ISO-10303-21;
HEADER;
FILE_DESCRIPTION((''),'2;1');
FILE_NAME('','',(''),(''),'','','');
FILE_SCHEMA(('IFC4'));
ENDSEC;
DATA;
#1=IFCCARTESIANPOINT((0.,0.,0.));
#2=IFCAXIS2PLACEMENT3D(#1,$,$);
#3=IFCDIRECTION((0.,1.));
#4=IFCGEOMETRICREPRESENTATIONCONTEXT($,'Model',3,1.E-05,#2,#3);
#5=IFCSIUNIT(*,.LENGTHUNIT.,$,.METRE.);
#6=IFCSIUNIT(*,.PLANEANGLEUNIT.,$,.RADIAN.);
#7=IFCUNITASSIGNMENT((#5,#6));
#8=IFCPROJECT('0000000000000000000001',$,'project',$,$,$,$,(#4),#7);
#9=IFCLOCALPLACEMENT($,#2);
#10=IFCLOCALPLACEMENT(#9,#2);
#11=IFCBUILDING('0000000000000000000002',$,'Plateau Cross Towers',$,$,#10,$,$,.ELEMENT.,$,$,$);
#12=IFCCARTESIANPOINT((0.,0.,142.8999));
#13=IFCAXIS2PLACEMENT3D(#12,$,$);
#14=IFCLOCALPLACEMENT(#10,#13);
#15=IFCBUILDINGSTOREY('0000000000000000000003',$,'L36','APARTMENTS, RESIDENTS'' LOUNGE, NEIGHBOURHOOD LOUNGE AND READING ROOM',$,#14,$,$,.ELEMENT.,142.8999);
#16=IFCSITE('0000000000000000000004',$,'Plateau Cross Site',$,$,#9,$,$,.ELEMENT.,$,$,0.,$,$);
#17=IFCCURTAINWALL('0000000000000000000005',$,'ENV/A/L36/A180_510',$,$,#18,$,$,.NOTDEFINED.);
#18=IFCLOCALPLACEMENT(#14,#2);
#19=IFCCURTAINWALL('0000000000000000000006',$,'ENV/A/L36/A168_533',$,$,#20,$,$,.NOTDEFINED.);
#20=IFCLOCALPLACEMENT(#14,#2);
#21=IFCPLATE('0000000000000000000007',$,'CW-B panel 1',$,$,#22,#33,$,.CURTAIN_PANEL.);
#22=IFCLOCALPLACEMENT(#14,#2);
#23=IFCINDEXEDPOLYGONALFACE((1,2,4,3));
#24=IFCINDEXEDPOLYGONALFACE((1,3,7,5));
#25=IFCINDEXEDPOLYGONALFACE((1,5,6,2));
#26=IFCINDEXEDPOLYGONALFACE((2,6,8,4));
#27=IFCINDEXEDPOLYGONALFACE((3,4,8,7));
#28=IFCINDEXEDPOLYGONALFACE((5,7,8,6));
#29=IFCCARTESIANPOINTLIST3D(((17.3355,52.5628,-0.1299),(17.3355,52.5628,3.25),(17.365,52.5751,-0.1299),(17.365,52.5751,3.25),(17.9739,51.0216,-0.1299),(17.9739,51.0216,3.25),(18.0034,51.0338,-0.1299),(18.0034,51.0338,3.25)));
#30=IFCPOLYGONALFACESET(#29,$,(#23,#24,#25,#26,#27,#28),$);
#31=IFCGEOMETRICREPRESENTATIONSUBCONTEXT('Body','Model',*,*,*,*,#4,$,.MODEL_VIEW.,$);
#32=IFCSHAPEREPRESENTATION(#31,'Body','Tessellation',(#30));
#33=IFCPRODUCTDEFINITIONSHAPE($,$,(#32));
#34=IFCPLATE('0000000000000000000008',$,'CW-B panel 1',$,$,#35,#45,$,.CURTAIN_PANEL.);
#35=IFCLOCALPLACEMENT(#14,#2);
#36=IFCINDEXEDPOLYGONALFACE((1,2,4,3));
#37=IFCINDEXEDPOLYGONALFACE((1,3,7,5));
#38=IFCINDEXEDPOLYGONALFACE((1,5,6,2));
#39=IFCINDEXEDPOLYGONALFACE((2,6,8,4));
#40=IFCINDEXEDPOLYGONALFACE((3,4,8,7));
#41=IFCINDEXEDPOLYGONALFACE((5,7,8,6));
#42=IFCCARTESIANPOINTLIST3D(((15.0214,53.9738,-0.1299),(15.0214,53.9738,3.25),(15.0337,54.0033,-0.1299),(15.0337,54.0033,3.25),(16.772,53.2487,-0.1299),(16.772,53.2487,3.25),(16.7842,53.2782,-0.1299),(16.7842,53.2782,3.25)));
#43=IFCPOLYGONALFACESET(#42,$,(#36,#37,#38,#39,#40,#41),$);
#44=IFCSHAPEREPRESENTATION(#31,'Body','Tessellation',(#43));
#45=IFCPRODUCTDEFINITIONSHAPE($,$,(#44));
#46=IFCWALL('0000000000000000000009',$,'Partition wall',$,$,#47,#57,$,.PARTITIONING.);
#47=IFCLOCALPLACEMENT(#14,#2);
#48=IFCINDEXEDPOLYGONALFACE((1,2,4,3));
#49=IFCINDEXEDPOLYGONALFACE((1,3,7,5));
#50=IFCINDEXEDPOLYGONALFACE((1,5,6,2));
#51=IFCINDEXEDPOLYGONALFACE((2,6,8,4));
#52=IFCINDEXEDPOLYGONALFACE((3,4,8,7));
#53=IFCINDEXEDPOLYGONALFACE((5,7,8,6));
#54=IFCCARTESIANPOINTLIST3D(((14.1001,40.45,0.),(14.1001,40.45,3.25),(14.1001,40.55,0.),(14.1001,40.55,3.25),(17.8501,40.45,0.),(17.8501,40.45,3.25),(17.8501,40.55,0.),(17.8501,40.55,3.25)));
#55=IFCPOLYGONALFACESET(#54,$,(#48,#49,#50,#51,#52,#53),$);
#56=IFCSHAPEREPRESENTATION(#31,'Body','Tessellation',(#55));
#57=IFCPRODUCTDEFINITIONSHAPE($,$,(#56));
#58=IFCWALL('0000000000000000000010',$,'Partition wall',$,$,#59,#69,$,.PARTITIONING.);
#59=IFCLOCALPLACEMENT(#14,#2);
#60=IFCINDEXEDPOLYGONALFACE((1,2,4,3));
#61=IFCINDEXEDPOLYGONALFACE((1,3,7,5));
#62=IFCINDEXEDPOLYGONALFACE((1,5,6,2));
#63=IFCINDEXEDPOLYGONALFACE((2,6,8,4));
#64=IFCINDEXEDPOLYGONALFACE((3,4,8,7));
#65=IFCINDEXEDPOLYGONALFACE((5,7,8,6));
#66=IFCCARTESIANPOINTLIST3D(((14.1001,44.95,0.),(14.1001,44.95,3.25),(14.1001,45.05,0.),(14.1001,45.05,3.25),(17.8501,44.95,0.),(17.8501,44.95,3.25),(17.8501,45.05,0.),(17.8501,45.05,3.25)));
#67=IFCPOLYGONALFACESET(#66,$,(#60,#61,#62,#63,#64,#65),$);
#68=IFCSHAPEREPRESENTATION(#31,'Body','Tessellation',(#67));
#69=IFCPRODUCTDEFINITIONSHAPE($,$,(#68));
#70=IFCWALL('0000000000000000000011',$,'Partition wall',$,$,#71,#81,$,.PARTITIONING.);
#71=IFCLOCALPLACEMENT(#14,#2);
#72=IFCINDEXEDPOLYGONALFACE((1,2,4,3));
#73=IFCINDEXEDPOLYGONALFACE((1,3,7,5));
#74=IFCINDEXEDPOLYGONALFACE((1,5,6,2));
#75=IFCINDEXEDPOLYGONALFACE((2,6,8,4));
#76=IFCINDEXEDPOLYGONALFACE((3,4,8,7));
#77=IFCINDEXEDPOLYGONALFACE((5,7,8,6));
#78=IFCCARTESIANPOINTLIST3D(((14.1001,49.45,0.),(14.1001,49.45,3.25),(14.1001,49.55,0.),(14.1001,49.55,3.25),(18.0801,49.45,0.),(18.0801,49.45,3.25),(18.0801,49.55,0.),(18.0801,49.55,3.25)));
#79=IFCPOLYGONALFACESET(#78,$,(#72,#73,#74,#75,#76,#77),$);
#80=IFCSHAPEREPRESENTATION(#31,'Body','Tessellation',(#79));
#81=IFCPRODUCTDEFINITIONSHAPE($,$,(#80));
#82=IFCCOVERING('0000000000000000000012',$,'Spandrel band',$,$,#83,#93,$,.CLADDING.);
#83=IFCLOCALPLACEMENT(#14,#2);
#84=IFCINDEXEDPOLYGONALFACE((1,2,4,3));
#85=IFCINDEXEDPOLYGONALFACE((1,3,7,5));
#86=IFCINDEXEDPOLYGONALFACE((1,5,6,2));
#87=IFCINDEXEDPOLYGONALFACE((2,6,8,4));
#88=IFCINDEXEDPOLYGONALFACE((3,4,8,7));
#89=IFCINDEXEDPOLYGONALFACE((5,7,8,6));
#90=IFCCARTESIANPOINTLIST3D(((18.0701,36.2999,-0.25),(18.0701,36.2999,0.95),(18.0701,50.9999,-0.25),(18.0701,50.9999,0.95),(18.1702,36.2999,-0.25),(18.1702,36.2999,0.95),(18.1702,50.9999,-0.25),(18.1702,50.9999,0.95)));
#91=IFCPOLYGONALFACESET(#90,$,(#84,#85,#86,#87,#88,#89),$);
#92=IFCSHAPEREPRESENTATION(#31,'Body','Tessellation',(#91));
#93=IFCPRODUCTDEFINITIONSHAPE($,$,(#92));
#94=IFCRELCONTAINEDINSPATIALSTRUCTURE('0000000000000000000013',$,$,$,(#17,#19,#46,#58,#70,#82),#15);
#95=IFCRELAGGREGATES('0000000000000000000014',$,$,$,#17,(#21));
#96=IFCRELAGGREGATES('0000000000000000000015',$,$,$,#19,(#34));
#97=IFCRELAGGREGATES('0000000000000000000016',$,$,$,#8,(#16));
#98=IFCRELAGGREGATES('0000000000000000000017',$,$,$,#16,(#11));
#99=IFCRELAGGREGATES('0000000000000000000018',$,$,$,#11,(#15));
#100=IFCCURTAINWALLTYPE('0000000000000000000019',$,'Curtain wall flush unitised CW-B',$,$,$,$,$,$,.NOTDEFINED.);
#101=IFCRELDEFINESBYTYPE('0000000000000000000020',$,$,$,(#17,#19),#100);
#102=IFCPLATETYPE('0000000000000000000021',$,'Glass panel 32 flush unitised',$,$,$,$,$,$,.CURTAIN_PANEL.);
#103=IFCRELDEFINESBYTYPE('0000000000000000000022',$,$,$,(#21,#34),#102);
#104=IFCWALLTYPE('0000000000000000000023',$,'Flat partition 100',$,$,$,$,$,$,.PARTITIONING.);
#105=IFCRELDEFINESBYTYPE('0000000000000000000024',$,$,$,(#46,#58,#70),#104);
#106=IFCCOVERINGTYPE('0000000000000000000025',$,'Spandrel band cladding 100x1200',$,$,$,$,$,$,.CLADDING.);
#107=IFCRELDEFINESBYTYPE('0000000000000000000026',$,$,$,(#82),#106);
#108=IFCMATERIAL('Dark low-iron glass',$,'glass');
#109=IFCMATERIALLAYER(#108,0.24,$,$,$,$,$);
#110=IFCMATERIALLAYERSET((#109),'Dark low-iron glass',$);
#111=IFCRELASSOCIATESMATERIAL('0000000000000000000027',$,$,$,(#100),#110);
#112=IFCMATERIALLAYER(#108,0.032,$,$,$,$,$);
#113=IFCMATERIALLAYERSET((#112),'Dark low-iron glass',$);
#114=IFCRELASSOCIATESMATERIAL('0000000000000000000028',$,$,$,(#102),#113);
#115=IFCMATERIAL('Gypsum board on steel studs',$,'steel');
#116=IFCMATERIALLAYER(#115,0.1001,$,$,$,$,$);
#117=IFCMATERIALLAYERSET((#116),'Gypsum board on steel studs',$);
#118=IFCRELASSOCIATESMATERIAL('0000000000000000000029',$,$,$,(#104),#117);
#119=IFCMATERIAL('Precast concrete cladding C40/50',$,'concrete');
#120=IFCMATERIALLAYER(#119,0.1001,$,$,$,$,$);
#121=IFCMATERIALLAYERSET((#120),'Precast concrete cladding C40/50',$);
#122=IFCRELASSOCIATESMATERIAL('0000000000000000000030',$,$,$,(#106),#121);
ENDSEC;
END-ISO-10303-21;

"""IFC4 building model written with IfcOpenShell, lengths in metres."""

from ifc_helpers import new_model, si_unit, direction, frame, frame_2d, origin, origin_2d, place, context, subcontext, project, spatial, rectangle, extrude, material, layer, layer_set, type_object, element, aggregate, save


model = new_model("IFC4")

# Units and contexts
model_context = context("Model", 3, precision=1e-05, world=origin(), true_north=direction((0.0, 1.0)))
body_context = subcontext(model_context, "Body", "Model", "MODEL_VIEW")
ifc_project = project(units=[si_unit("LENGTHUNIT", "METRE"), si_unit("PLANEANGLEUNIT", "RADIAN")], contexts=[model_context])

# Site, building, storey
site_placement = place(None, origin())
site = spatial("IfcSite", under=ifc_project, at=site_placement, Name="Plateau Cross Site", CompositionType="ELEMENT", RefElevation=0.0)
building_placement = place(site_placement, origin())
building = spatial("IfcBuilding", under=site, at=building_placement, Name="Plateau Cross Towers", CompositionType="ELEMENT")
storey_placement = place(building_placement, frame((0.0, 0.0, 142.8999)))
storey = spatial("IfcBuildingStorey", under=building, at=storey_placement, Name="L36", Description="APARTMENTS, RESIDENTS' LOUNGE, NEIGHBOURHOOD LOUNGE AND READING ROOM", CompositionType="ELEMENT", Elevation=142.8999)

# Shared definitions
ifc_material_1 = material(Name="Dark low-iron glass", Category="glass")
ifc_layer_1 = layer(ifc_material_1, 0.24)
ifc_layer_set_1 = layer_set([ifc_layer_1], Name="Dark low-iron glass")
curtain_wall_type = type_object("IfcCurtainWallType", Name="Curtain wall flush unitised CW-B", PredefinedType="NOTDEFINED", material=ifc_layer_set_1)

# Curtain wall
curtain_wall_1_placement = place(storey_placement, origin())
curtain_wall_1 = element("IfcCurtainWall", 1, at=curtain_wall_1_placement, inside=storey, type_object=curtain_wall_type, Name="ENV/A/L36/A180_510", PredefinedType="NOTDEFINED")

# Curtain wall
curtain_wall_2_placement = place(storey_placement, origin())
curtain_wall_2 = element("IfcCurtainWall", 2, at=curtain_wall_2_placement, inside=storey, type_object=curtain_wall_type, Name="ENV/A/L36/A168_533", PredefinedType="NOTDEFINED")

# Plates
ifc_layer_2 = layer(ifc_material_1, 0.032)
ifc_layer_set_2 = layer_set([ifc_layer_2], Name="Dark low-iron glass")
plate_type = type_object("IfcPlateType", Name="Glass panel 32 flush unitised", PredefinedType="CURTAIN_PANEL", material=ifc_layer_set_2)
plate_1_placement = place(storey_placement, frame((17.6694, 51.7983, -0.1299), z_axis=(0.0, 0.0, 1.0), x_axis=(-0.382684, 0.923879, 0.0)))
plate_1 = element("IfcPlate", 3, at=plate_1_placement, type_object=plate_type, Name="CW-B panel 1", PredefinedType="CURTAIN_PANEL", context=body_context, shape_type="SweptSolid", body=[
    extrude(rectangle(XDim=1.6682, YDim=0.032, at=origin_2d()), origin(), (0.0, 0.0, 1.0), 3.3799),
])
aggregate(curtain_wall_1, [plate_1])
plate_2_placement = place(storey_placement, frame((15.9028, 53.626, -0.1299), z_axis=(0.0, 0.0, 1.0), x_axis=(-0.923879, 0.382684, 0.0)))
plate_2 = element("IfcPlate", 4, at=plate_2_placement, type_object=plate_type, Name="CW-B panel 1", PredefinedType="CURTAIN_PANEL", context=body_context, shape_type="SweptSolid", body=[
    extrude(rectangle(XDim=1.8948, YDim=0.032, at=origin_2d()), origin(), (0.0, 0.0, 1.0), 3.3799),
])
aggregate(curtain_wall_2, [plate_2])

# Walls
ifc_material_2 = material(Name="Gypsum board on steel studs", Category="steel")
ifc_layer_3 = layer(ifc_material_2, 0.1001)
ifc_layer_set_3 = layer_set([ifc_layer_3], Name="Gypsum board on steel studs")
wall_type_1 = type_object("IfcWallType", Name="Flat partition 100", PredefinedType="PARTITIONING", material=ifc_layer_set_3)
for number, where, z_axis, x_axis, name in (
    (5, (14.1001, 40.5, 0.0), (0.0, 0.0, 1.0), (1.0, 0.0, 0.0), "Partition wall"),
    (6, (17.8501, 45.0, 0.0), (0.0, 0.0, 1.0), (-1.0, 0.0, 0.0), "Partition wall"),
):
    element("IfcWall", number, at=place(storey_placement, frame(where, z_axis=z_axis, x_axis=x_axis)), inside=storey, type_object=wall_type_1, Name=name, PredefinedType="PARTITIONING", context=body_context, shape_type="SweptSolid", body=[
        extrude(rectangle(XDim=3.75, YDim=0.1001, at=frame_2d((1.875, 0.0))), origin(), (0.0, 0.0, 1.0), 3.25),
    ])
wall_1_placement = place(storey_placement, frame((18.0801, 49.5, 0.0), z_axis=(0.0, 0.0, 1.0), x_axis=(-1.0, 0.0, 0.0)))
element("IfcWall", 7, at=wall_1_placement, inside=storey, type_object=wall_type_1, Name="Partition wall", PredefinedType="PARTITIONING", context=body_context, shape_type="SweptSolid", body=[
    extrude(rectangle(XDim=3.98, YDim=0.1001, at=frame_2d((1.99, 0.0))), origin(), (0.0, 0.0, 1.0), 3.25),
])

# Covering
ifc_material_3 = material(Name="Precast concrete cladding C40/50", Category="concrete")
ifc_layer_4 = layer(ifc_material_3, 0.1001)
ifc_layer_set_4 = layer_set([ifc_layer_4], Name="Precast concrete cladding C40/50")
covering_type = type_object("IfcCoveringType", Name="Spandrel band cladding 100x1200", PredefinedType="CLADDING", material=ifc_layer_set_4)
covering_placement = place(storey_placement, frame((18.1201, 43.6499, -0.25), z_axis=(0.0, 0.0, 1.0), x_axis=(0.0, 1.0, 0.0)))
element("IfcCovering", 8, at=covering_placement, inside=storey, type_object=covering_type, Name="Spandrel band", PredefinedType="CLADDING", context=body_context, shape_type="SweptSolid", body=[
    extrude(rectangle(XDim=14.7, YDim=0.1001, at=origin_2d()), origin(), (0.0, 0.0, 1.0), 1.2),
])

save(model, "model.ifc")
